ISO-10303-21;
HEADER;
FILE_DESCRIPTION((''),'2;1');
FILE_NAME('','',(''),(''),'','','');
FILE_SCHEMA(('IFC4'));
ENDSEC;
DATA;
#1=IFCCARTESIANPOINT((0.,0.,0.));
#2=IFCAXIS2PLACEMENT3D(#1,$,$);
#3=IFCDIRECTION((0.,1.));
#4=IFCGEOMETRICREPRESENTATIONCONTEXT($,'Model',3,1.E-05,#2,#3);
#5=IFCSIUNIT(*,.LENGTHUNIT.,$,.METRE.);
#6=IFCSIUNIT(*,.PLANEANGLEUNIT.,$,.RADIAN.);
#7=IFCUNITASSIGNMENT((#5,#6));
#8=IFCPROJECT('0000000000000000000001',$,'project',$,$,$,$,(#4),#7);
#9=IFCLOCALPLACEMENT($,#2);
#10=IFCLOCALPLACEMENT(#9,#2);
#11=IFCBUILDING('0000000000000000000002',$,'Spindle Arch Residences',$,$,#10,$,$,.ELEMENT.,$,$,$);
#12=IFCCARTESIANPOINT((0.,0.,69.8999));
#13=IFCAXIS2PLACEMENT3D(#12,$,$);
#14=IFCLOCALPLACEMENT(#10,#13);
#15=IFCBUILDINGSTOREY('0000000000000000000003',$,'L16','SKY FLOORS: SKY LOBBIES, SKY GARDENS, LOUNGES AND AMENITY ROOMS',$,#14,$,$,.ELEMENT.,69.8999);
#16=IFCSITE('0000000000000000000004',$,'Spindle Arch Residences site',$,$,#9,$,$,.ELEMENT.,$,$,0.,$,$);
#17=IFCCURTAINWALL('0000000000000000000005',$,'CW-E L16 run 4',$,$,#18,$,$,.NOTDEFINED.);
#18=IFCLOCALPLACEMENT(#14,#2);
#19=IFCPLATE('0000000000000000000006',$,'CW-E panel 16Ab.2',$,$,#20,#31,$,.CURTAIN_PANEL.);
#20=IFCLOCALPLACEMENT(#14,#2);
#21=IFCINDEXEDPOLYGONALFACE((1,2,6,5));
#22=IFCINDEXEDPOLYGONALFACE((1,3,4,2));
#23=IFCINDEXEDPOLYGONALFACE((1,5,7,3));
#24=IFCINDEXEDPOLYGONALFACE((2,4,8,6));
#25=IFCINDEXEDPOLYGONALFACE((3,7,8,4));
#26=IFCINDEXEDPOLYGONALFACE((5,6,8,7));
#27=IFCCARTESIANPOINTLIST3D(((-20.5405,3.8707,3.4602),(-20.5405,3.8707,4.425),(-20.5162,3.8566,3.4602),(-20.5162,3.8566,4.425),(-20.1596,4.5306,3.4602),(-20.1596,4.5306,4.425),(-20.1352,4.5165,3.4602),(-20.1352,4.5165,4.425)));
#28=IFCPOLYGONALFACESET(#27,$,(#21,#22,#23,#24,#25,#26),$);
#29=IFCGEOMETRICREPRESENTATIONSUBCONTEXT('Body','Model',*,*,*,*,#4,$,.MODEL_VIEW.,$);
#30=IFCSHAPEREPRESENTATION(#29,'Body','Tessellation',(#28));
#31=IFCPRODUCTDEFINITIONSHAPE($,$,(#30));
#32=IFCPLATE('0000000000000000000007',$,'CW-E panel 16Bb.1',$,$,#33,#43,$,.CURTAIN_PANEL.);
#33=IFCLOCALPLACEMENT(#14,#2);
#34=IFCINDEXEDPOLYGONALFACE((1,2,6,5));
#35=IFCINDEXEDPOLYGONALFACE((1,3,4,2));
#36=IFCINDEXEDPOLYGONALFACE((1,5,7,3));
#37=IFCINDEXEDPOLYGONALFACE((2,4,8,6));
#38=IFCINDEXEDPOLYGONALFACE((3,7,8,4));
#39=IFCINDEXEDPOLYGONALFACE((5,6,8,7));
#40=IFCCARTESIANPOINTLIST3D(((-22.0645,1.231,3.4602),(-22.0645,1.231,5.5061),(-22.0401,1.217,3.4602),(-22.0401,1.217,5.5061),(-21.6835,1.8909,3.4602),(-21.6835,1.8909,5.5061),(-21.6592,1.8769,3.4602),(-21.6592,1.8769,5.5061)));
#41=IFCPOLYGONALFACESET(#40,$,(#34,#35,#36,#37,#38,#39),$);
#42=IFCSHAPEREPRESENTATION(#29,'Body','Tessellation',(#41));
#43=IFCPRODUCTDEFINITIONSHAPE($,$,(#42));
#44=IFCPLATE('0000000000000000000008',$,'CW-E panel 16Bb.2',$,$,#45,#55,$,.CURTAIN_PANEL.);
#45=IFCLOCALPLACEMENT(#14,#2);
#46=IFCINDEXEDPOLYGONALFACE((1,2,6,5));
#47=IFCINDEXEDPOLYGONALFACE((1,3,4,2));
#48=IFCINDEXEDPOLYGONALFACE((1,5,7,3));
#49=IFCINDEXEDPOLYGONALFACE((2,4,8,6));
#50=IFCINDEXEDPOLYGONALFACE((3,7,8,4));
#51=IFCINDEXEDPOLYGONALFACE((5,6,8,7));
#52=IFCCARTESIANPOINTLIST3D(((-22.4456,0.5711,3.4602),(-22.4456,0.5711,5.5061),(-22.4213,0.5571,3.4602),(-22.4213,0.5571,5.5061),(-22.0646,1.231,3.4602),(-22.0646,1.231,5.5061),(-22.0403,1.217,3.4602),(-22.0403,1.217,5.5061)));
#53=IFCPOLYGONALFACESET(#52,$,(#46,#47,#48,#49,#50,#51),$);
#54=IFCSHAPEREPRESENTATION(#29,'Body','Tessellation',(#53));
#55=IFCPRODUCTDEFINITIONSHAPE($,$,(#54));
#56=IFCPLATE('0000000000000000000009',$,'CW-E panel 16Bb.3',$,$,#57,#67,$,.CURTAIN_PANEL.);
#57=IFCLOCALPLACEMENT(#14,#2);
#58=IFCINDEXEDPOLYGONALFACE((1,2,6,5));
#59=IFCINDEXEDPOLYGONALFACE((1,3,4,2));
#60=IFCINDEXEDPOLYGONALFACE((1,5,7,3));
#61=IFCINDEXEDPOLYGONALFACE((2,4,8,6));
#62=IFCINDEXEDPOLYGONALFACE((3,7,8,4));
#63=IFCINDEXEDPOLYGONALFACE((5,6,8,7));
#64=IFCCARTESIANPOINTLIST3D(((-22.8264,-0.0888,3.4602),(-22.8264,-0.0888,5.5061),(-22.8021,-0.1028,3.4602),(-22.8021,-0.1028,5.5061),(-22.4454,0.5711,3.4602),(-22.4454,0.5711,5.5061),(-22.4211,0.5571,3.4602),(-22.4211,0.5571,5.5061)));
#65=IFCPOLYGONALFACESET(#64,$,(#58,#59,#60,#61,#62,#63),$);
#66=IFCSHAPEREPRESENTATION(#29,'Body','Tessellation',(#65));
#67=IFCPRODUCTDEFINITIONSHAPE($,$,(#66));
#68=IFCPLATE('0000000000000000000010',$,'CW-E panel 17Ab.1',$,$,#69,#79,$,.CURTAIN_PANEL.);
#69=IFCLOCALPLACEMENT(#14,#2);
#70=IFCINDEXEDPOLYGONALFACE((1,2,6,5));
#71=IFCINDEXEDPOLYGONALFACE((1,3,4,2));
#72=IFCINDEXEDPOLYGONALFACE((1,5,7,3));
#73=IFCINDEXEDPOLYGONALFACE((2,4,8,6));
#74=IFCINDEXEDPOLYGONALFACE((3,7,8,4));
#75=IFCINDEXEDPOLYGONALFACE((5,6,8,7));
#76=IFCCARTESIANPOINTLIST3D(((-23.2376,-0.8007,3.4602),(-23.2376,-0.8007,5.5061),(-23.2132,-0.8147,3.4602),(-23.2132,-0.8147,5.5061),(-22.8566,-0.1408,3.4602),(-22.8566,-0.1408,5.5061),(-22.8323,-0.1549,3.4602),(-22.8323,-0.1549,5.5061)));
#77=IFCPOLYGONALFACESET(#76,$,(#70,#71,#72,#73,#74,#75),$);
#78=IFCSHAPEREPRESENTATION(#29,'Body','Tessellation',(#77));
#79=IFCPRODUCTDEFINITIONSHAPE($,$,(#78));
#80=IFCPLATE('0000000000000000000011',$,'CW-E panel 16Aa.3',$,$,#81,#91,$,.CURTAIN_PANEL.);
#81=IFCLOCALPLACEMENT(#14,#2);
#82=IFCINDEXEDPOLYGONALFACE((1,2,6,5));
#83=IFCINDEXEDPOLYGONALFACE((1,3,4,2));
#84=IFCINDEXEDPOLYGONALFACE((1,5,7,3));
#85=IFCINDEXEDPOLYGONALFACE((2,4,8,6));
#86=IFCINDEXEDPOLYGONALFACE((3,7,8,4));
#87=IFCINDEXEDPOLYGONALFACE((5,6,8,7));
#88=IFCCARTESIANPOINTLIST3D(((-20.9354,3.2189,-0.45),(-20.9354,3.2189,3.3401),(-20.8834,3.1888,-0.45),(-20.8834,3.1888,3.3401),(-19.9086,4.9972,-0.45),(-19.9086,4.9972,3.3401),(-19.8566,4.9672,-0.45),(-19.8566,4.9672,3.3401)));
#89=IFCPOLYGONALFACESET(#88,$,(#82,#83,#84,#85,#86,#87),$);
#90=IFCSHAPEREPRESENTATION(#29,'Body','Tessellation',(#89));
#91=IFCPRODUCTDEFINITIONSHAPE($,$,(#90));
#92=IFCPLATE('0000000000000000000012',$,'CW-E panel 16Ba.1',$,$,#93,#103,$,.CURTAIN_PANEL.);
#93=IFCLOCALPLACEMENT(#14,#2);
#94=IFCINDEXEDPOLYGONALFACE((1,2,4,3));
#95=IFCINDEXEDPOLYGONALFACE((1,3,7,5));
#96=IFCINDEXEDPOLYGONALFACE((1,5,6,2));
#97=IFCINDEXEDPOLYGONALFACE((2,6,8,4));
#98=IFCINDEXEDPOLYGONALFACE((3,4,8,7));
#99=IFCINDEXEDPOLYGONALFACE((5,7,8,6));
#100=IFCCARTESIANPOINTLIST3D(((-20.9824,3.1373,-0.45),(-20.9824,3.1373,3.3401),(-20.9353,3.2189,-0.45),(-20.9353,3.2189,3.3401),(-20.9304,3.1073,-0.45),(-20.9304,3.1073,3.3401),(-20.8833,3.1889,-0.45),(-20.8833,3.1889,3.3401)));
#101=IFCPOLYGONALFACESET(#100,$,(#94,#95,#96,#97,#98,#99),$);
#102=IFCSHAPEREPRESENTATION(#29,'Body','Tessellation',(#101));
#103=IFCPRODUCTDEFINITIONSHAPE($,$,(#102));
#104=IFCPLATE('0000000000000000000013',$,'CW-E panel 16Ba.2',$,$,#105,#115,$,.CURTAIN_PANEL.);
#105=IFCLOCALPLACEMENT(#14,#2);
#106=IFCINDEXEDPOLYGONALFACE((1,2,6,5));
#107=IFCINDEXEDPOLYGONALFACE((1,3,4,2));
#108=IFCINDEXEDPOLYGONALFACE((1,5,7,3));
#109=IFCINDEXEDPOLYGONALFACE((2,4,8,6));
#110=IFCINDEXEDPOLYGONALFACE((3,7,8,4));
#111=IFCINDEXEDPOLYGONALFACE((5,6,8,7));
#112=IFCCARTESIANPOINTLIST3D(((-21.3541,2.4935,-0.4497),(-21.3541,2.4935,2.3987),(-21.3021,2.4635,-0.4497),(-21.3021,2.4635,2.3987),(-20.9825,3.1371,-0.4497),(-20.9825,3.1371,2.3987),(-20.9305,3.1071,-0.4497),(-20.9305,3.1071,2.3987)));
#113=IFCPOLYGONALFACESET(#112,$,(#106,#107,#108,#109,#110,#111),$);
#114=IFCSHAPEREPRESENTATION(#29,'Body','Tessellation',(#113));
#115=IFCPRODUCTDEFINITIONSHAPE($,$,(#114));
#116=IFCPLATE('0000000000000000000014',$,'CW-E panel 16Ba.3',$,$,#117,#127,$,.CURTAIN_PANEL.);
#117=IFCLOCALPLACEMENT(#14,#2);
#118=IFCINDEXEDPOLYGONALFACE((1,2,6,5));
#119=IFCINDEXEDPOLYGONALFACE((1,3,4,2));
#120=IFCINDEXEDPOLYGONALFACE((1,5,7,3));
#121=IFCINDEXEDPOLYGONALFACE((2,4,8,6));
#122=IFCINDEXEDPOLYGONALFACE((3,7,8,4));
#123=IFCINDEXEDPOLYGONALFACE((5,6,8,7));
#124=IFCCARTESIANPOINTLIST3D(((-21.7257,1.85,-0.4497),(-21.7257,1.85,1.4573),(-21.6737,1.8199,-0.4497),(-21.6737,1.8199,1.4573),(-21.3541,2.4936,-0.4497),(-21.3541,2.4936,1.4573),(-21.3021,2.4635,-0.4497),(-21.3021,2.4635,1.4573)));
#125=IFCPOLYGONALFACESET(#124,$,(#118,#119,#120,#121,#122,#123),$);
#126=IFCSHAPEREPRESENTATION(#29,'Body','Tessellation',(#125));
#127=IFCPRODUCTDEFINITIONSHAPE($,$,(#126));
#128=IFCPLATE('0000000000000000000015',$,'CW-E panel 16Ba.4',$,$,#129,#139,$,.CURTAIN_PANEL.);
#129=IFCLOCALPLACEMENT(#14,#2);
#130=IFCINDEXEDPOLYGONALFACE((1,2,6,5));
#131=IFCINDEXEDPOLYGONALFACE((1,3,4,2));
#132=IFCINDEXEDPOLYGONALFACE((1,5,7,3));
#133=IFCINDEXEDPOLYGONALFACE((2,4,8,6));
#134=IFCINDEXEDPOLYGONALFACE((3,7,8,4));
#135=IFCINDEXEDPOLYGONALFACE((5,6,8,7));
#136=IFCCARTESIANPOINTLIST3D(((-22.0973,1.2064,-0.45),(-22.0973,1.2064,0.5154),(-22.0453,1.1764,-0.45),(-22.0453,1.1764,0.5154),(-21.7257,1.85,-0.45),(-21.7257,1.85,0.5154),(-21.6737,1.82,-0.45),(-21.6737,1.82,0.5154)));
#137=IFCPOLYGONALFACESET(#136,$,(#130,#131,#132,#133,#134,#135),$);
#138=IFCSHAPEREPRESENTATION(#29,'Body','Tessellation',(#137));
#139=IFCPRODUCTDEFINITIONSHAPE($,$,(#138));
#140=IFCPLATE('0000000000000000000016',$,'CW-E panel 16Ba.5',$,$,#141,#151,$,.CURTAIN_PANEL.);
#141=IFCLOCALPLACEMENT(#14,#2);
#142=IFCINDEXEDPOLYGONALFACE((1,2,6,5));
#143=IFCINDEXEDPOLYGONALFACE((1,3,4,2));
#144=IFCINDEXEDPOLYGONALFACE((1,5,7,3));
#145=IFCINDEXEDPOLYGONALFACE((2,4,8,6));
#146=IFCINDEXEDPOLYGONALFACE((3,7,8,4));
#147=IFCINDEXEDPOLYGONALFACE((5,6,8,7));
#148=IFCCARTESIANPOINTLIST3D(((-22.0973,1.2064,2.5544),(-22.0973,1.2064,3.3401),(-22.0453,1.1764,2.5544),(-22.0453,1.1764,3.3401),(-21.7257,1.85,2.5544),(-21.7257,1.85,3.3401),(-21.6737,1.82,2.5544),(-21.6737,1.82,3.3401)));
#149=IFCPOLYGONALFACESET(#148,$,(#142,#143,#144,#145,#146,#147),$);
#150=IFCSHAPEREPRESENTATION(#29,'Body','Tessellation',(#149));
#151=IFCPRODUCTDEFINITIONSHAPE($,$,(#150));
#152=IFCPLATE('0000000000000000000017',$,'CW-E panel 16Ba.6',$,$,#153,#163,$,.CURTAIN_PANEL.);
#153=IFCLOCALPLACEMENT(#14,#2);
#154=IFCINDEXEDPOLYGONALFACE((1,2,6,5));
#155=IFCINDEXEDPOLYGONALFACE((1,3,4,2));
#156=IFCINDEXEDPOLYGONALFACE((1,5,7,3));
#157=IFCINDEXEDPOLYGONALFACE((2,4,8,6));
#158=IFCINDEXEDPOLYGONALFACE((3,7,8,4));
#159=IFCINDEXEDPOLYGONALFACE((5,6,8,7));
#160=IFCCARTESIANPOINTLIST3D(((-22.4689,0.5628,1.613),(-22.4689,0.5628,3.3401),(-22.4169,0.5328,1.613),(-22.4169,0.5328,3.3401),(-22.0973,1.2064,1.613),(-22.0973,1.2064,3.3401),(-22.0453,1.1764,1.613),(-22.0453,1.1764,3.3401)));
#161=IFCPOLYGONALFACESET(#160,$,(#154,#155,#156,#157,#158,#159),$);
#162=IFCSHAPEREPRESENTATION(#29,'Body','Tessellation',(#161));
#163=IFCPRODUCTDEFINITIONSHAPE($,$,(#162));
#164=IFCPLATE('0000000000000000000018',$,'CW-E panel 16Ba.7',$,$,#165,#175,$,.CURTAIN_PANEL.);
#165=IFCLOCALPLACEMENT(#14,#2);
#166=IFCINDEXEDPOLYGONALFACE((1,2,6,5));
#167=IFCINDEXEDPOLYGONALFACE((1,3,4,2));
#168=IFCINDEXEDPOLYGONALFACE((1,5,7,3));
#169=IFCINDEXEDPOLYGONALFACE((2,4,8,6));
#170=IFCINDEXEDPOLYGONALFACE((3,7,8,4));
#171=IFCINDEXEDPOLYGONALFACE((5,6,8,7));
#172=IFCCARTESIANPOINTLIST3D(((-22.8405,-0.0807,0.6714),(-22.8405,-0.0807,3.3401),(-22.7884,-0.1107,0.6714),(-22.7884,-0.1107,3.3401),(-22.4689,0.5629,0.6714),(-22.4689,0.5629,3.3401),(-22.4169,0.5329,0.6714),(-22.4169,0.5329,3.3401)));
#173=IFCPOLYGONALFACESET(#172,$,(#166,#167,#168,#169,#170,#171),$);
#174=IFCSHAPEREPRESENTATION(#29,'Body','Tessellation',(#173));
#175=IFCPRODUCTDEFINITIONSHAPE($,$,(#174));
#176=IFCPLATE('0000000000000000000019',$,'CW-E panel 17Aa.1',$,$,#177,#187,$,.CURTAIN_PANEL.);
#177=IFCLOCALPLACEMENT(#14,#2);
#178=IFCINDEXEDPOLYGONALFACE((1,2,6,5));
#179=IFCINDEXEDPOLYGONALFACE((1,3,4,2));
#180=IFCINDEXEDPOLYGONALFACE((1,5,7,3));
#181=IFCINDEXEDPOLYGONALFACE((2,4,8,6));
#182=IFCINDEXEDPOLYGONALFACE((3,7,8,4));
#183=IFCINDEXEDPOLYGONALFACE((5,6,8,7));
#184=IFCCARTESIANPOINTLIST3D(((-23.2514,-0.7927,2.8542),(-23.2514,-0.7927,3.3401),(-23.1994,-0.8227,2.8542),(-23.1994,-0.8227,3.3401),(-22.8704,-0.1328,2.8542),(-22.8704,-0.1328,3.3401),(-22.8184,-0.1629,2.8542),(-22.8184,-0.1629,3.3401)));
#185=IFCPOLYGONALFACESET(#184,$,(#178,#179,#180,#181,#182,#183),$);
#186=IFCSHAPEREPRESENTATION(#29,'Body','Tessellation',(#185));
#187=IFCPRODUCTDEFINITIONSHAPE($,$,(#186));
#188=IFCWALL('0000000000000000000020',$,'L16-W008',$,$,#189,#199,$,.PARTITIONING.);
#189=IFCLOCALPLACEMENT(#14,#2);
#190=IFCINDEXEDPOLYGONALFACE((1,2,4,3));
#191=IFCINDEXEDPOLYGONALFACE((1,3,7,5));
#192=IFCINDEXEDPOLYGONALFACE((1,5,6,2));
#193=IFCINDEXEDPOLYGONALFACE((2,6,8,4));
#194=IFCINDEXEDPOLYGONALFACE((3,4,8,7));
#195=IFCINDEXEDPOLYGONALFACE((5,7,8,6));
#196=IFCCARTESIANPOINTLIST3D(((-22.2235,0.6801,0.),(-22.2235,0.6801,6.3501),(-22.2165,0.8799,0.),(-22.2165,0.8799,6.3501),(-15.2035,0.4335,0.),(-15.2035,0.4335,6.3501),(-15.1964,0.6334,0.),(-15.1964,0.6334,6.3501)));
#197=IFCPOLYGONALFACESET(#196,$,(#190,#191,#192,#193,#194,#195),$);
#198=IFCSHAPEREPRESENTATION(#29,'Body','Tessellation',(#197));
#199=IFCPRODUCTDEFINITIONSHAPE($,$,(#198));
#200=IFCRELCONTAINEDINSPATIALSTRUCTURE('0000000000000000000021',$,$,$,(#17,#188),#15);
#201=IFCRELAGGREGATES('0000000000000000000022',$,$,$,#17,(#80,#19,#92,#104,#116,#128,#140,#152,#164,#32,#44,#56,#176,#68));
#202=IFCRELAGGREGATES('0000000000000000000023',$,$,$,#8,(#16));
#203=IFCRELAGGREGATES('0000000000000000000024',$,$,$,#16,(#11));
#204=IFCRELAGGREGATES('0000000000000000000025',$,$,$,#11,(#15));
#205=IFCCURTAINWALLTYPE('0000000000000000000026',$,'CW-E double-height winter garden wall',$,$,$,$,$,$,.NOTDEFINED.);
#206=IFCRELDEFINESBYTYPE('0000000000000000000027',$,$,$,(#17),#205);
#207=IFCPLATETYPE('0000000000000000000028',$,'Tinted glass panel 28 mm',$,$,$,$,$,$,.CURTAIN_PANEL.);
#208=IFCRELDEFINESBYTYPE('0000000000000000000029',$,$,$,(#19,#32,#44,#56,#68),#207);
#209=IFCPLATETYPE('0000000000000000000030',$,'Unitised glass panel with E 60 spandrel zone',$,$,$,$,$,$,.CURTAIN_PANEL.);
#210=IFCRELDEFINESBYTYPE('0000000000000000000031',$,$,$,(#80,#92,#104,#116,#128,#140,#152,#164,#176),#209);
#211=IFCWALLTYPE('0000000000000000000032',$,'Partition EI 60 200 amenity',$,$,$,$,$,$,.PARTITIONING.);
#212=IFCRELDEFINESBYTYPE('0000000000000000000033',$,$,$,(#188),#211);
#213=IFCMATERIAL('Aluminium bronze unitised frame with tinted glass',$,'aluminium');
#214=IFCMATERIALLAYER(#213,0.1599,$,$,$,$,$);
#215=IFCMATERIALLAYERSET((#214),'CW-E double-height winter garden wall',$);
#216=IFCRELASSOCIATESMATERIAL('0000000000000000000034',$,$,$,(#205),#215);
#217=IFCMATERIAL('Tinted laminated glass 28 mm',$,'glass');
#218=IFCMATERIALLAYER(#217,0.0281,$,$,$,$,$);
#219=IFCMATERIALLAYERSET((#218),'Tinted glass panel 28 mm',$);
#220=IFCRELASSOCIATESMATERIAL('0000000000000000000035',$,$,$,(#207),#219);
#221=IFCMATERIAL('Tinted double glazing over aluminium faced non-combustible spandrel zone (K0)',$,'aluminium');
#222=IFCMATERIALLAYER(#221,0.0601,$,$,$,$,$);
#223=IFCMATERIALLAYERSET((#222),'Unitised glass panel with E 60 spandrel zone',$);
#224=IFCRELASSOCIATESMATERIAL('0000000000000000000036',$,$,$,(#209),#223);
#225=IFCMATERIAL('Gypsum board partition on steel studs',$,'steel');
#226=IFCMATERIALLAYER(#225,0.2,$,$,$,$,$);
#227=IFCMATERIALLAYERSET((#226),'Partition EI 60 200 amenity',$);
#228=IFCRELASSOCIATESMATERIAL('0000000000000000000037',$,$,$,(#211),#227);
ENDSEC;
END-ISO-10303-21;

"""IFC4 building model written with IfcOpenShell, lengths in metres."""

from ifc_helpers import new_model, si_unit, direction, frame, frame_2d, origin, origin_2d, place, context, subcontext, project, spatial, rectangle, extrude, material, layer, layer_set, type_object, element, aggregate, save


model = new_model("IFC4")

# Units and contexts
model_context = context("Model", 3, precision=1e-05, world=origin(), true_north=direction((0.0, 1.0)))
body_context = subcontext(model_context, "Body", "Model", "MODEL_VIEW")
ifc_project = project(units=[si_unit("LENGTHUNIT", "METRE"), si_unit("PLANEANGLEUNIT", "RADIAN")], contexts=[model_context])

# Site, building, storey
site_placement = place(None, origin())
site = spatial("IfcSite", under=ifc_project, at=site_placement, Name="Spindle Arch Residences site", CompositionType="ELEMENT", RefElevation=0.0)
building_placement = place(site_placement, origin())
building = spatial("IfcBuilding", under=site, at=building_placement, Name="Spindle Arch Residences", CompositionType="ELEMENT")
storey_placement = place(building_placement, frame((0.0, 0.0, 69.8999)))
storey = spatial("IfcBuildingStorey", under=building, at=storey_placement, Name="L16", Description="SKY FLOORS: SKY LOBBIES, SKY GARDENS, LOUNGES AND AMENITY ROOMS", CompositionType="ELEMENT", Elevation=69.8999)

# Curtain wall, plates
ifc_material_1 = material(Name="Aluminium bronze unitised frame with tinted glass", Category="aluminium")
ifc_layer_1 = layer(ifc_material_1, 0.1599)
ifc_layer_set_1 = layer_set([ifc_layer_1], Name="CW-E double-height winter garden wall")
curtain_wall_type = type_object("IfcCurtainWallType", Name="CW-E double-height winter garden wall", PredefinedType="NOTDEFINED", material=ifc_layer_set_1)
curtain_wall_placement = place(storey_placement, origin())
curtain_wall = element("IfcCurtainWall", 1, at=curtain_wall_placement, inside=storey, type_object=curtain_wall_type, Name="CW-E L16 run 4", PredefinedType="NOTDEFINED")
ifc_material_2 = material(Name="Tinted laminated glass 28 mm", Category="glass")
ifc_layer_2 = layer(ifc_material_2, 0.0281)
ifc_layer_set_2 = layer_set([ifc_layer_2], Name="Tinted glass panel 28 mm")
plate_type_1 = type_object("IfcPlateType", Name="Tinted glass panel 28 mm", PredefinedType="CURTAIN_PANEL", material=ifc_layer_set_2)
plate_1_placement = place(storey_placement, frame((-20.3379, 4.1936, 3.4602), z_axis=(0.0, 0.0, 1.0), x_axis=(-0.5, -0.866025, 0.0)))
plate_1 = element("IfcPlate", 2, at=plate_1_placement, type_object=plate_type_1, Name="CW-E panel 16Ab.2", PredefinedType="CURTAIN_PANEL", context=body_context, shape_type="SweptSolid", body=[
    extrude(rectangle(XDim=0.762, YDim=0.0281, at=origin_2d()), origin(), (0.0, 0.0, 1.0), 0.9648),
])
plate_2_placement = place(storey_placement, frame((-21.8618, 1.554, 3.4602), z_axis=(0.0, 0.0, 1.0), x_axis=(-0.5, -0.866025, 0.0)))
plate_2 = element("IfcPlate", 3, at=plate_2_placement, type_object=plate_type_1, Name="CW-E panel 16Bb.1", PredefinedType="CURTAIN_PANEL", context=body_context, shape_type="SweptSolid", body=[
    extrude(rectangle(XDim=0.762, YDim=0.0281, at=origin_2d()), origin(), (0.0, 0.0, 1.0), 2.0459),
])
plate_3_placement = place(storey_placement, frame((-22.2429, 0.894, 3.4602), z_axis=(0.0, 0.0, 1.0), x_axis=(-0.5, -0.866025, 0.0)))
plate_3 = element("IfcPlate", 4, at=plate_3_placement, type_object=plate_type_1, Name="CW-E panel 16Bb.2", PredefinedType="CURTAIN_PANEL", context=body_context, shape_type="SweptSolid", body=[
    extrude(rectangle(XDim=0.762, YDim=0.0281, at=origin_2d()), origin(), (0.0, 0.0, 1.0), 2.0459),
])
plate_4_placement = place(storey_placement, frame((-22.6238, 0.2341, 3.4602), z_axis=(0.0, 0.0, 1.0), x_axis=(-0.5, -0.866025, 0.0)))
plate_4 = element("IfcPlate", 5, at=plate_4_placement, type_object=plate_type_1, Name="CW-E panel 16Bb.3", PredefinedType="CURTAIN_PANEL", context=body_context, shape_type="SweptSolid", body=[
    extrude(rectangle(XDim=0.762, YDim=0.0281, at=origin_2d()), origin(), (0.0, 0.0, 1.0), 2.0459),
])
plate_5_placement = place(storey_placement, frame((-23.0349, -0.4778, 3.4602), z_axis=(0.0, 0.0, 1.0), x_axis=(-0.5, -0.866025, 0.0)))
plate_5 = element("IfcPlate", 6, at=plate_5_placement, type_object=plate_type_1, Name="CW-E panel 17Ab.1", PredefinedType="CURTAIN_PANEL", context=body_context, shape_type="SweptSolid", body=[
    extrude(rectangle(XDim=0.762, YDim=0.0281, at=origin_2d()), origin(), (0.0, 0.0, 1.0), 2.0459),
])
ifc_material_3 = material(Name="Tinted double glazing over aluminium faced non-combustible spandrel zone (K0)", Category="aluminium")
ifc_layer_3 = layer(ifc_material_3, 0.0601)
ifc_layer_set_3 = layer_set([ifc_layer_3], Name="Unitised glass panel with E 60 spandrel zone")
plate_type_2 = type_object("IfcPlateType", Name="Unitised glass panel with E 60 spandrel zone", PredefinedType="CURTAIN_PANEL", material=ifc_layer_set_3)
plate_6_placement = place(storey_placement, frame((-20.396, 4.093, -0.45), z_axis=(0.0, 0.0, 1.0), x_axis=(-0.5, -0.866025, 0.0)))
plate_6 = element("IfcPlate", 7, at=plate_6_placement, type_object=plate_type_2, Name="CW-E panel 16Aa.3", PredefinedType="CURTAIN_PANEL", context=body_context, shape_type="SweptSolid", body=[
    extrude(rectangle(XDim=2.0535, YDim=0.0601, at=origin_2d()), origin(), (0.0, 0.0, 1.0), 3.79),
])
plate_7_placement = place(storey_placement, frame((-20.9329, 3.1631, -0.45), z_axis=(0.0, 0.0, 1.0), x_axis=(-0.5, -0.866025, 0.0)))
plate_7 = element("IfcPlate", 8, at=plate_7_placement, type_object=plate_type_2, Name="CW-E panel 16Ba.1", PredefinedType="CURTAIN_PANEL", context=body_context, shape_type="SweptSolid", body=[
    extrude(rectangle(XDim=0.0942, YDim=0.0601, at=origin_2d()), origin(), (0.0, 0.0, 1.0), 3.79),
])
plate_8_placement = place(storey_placement, frame((-21.1423, 2.8003, -0.4497), z_axis=(0.0, 0.0, 1.0), x_axis=(-0.5, -0.866025, 0.0)))
plate_8 = element("IfcPlate", 9, at=plate_8_placement, type_object=plate_type_2, Name="CW-E panel 16Ba.2", PredefinedType="CURTAIN_PANEL", context=body_context, shape_type="SweptSolid", body=[
    extrude(rectangle(XDim=0.7432, YDim=0.0601, at=origin_2d()), origin(), (0.0, 0.0, 1.0), 2.8484),
])
plate_9_placement = place(storey_placement, frame((-21.5139, 2.1567, -0.4497), z_axis=(0.0, 0.0, 1.0), x_axis=(-0.5, -0.866025, 0.0)))
plate_9 = element("IfcPlate", 10, at=plate_9_placement, type_object=plate_type_2, Name="CW-E panel 16Ba.3", PredefinedType="CURTAIN_PANEL", context=body_context, shape_type="SweptSolid", body=[
    extrude(rectangle(XDim=0.7432, YDim=0.0601, at=origin_2d()), origin(), (0.0, 0.0, 1.0), 1.907),
])
plate_10_placement = place(storey_placement, frame((-21.8855, 1.5132, -0.45), z_axis=(0.0, 0.0, 1.0), x_axis=(-0.5, -0.866025, 0.0)))
plate_10 = element("IfcPlate", 11, at=plate_10_placement, type_object=plate_type_2, Name="CW-E panel 16Ba.4", PredefinedType="CURTAIN_PANEL", context=body_context, shape_type="SweptSolid", body=[
    extrude(rectangle(XDim=0.7432, YDim=0.0601, at=origin_2d()), origin(), (0.0, 0.0, 1.0), 0.9653),
])
plate_11_placement = place(storey_placement, frame((-21.8855, 1.5132, 2.5544), z_axis=(0.0, 0.0, 1.0), x_axis=(-0.5, -0.866025, 0.0)))
plate_11 = element("IfcPlate", 12, at=plate_11_placement, type_object=plate_type_2, Name="CW-E panel 16Ba.5", PredefinedType="CURTAIN_PANEL", context=body_context, shape_type="SweptSolid", body=[
    extrude(rectangle(XDim=0.7432, YDim=0.0601, at=origin_2d()), origin(), (0.0, 0.0, 1.0), 0.7856),
])
plate_12_placement = place(storey_placement, frame((-22.2571, 0.8696, 1.613), z_axis=(0.0, 0.0, 1.0), x_axis=(-0.5, -0.866025, 0.0)))
plate_12 = element("IfcPlate", 13, at=plate_12_placement, type_object=plate_type_2, Name="CW-E panel 16Ba.6", PredefinedType="CURTAIN_PANEL", context=body_context, shape_type="SweptSolid", body=[
    extrude(rectangle(XDim=0.7432, YDim=0.0601, at=origin_2d()), origin(), (0.0, 0.0, 1.0), 1.7271),
])
plate_13_placement = place(storey_placement, frame((-22.6287, 0.2261, 0.6714), z_axis=(0.0, 0.0, 1.0), x_axis=(-0.5, -0.866025, 0.0)))
plate_13 = element("IfcPlate", 14, at=plate_13_placement, type_object=plate_type_2, Name="CW-E panel 16Ba.7", PredefinedType="CURTAIN_PANEL", context=body_context, shape_type="SweptSolid", body=[
    extrude(rectangle(XDim=0.7432, YDim=0.0601, at=origin_2d()), origin(), (0.0, 0.0, 1.0), 2.6687),
])
plate_14_placement = place(storey_placement, frame((-23.0349, -0.4778, 2.8542), z_axis=(0.0, 0.0, 1.0), x_axis=(-0.5, -0.866025, 0.0)))
plate_14 = element("IfcPlate", 15, at=plate_14_placement, type_object=plate_type_2, Name="CW-E panel 17Aa.1", PredefinedType="CURTAIN_PANEL", context=body_context, shape_type="SweptSolid", body=[
    extrude(rectangle(XDim=0.762, YDim=0.0601, at=origin_2d()), origin(), (0.0, 0.0, 1.0), 0.4858),
])
aggregate(curtain_wall, [plate_6, plate_1, plate_7, plate_8, plate_9, plate_10, plate_11, plate_12, plate_13, plate_2, plate_3, plate_4, plate_14, plate_5])

# Wall
ifc_material_4 = material(Name="Gypsum board partition on steel studs", Category="steel")
ifc_layer_4 = layer(ifc_material_4, 0.2)
ifc_layer_set_4 = layer_set([ifc_layer_4], Name="Partition EI 60 200 amenity")
wall_type = type_object("IfcWallType", Name="Partition EI 60 200 amenity", PredefinedType="PARTITIONING", material=ifc_layer_set_4)
wall_placement = place(storey_placement, frame((-15.2, 0.5334, 0.0), z_axis=(0.0, 0.0, 1.0), x_axis=(-0.999384, 0.035104, 0.0)))
element("IfcWall", 16, at=wall_placement, inside=storey, type_object=wall_type, Name="L16-W008", PredefinedType="PARTITIONING", context=body_context, shape_type="SweptSolid", body=[
    extrude(rectangle(XDim=7.0244, YDim=0.2, at=frame_2d((3.5122, 0.0))), origin(), (0.0, 0.0, 1.0), 6.3501),
])

save(model, "model.ifc")
